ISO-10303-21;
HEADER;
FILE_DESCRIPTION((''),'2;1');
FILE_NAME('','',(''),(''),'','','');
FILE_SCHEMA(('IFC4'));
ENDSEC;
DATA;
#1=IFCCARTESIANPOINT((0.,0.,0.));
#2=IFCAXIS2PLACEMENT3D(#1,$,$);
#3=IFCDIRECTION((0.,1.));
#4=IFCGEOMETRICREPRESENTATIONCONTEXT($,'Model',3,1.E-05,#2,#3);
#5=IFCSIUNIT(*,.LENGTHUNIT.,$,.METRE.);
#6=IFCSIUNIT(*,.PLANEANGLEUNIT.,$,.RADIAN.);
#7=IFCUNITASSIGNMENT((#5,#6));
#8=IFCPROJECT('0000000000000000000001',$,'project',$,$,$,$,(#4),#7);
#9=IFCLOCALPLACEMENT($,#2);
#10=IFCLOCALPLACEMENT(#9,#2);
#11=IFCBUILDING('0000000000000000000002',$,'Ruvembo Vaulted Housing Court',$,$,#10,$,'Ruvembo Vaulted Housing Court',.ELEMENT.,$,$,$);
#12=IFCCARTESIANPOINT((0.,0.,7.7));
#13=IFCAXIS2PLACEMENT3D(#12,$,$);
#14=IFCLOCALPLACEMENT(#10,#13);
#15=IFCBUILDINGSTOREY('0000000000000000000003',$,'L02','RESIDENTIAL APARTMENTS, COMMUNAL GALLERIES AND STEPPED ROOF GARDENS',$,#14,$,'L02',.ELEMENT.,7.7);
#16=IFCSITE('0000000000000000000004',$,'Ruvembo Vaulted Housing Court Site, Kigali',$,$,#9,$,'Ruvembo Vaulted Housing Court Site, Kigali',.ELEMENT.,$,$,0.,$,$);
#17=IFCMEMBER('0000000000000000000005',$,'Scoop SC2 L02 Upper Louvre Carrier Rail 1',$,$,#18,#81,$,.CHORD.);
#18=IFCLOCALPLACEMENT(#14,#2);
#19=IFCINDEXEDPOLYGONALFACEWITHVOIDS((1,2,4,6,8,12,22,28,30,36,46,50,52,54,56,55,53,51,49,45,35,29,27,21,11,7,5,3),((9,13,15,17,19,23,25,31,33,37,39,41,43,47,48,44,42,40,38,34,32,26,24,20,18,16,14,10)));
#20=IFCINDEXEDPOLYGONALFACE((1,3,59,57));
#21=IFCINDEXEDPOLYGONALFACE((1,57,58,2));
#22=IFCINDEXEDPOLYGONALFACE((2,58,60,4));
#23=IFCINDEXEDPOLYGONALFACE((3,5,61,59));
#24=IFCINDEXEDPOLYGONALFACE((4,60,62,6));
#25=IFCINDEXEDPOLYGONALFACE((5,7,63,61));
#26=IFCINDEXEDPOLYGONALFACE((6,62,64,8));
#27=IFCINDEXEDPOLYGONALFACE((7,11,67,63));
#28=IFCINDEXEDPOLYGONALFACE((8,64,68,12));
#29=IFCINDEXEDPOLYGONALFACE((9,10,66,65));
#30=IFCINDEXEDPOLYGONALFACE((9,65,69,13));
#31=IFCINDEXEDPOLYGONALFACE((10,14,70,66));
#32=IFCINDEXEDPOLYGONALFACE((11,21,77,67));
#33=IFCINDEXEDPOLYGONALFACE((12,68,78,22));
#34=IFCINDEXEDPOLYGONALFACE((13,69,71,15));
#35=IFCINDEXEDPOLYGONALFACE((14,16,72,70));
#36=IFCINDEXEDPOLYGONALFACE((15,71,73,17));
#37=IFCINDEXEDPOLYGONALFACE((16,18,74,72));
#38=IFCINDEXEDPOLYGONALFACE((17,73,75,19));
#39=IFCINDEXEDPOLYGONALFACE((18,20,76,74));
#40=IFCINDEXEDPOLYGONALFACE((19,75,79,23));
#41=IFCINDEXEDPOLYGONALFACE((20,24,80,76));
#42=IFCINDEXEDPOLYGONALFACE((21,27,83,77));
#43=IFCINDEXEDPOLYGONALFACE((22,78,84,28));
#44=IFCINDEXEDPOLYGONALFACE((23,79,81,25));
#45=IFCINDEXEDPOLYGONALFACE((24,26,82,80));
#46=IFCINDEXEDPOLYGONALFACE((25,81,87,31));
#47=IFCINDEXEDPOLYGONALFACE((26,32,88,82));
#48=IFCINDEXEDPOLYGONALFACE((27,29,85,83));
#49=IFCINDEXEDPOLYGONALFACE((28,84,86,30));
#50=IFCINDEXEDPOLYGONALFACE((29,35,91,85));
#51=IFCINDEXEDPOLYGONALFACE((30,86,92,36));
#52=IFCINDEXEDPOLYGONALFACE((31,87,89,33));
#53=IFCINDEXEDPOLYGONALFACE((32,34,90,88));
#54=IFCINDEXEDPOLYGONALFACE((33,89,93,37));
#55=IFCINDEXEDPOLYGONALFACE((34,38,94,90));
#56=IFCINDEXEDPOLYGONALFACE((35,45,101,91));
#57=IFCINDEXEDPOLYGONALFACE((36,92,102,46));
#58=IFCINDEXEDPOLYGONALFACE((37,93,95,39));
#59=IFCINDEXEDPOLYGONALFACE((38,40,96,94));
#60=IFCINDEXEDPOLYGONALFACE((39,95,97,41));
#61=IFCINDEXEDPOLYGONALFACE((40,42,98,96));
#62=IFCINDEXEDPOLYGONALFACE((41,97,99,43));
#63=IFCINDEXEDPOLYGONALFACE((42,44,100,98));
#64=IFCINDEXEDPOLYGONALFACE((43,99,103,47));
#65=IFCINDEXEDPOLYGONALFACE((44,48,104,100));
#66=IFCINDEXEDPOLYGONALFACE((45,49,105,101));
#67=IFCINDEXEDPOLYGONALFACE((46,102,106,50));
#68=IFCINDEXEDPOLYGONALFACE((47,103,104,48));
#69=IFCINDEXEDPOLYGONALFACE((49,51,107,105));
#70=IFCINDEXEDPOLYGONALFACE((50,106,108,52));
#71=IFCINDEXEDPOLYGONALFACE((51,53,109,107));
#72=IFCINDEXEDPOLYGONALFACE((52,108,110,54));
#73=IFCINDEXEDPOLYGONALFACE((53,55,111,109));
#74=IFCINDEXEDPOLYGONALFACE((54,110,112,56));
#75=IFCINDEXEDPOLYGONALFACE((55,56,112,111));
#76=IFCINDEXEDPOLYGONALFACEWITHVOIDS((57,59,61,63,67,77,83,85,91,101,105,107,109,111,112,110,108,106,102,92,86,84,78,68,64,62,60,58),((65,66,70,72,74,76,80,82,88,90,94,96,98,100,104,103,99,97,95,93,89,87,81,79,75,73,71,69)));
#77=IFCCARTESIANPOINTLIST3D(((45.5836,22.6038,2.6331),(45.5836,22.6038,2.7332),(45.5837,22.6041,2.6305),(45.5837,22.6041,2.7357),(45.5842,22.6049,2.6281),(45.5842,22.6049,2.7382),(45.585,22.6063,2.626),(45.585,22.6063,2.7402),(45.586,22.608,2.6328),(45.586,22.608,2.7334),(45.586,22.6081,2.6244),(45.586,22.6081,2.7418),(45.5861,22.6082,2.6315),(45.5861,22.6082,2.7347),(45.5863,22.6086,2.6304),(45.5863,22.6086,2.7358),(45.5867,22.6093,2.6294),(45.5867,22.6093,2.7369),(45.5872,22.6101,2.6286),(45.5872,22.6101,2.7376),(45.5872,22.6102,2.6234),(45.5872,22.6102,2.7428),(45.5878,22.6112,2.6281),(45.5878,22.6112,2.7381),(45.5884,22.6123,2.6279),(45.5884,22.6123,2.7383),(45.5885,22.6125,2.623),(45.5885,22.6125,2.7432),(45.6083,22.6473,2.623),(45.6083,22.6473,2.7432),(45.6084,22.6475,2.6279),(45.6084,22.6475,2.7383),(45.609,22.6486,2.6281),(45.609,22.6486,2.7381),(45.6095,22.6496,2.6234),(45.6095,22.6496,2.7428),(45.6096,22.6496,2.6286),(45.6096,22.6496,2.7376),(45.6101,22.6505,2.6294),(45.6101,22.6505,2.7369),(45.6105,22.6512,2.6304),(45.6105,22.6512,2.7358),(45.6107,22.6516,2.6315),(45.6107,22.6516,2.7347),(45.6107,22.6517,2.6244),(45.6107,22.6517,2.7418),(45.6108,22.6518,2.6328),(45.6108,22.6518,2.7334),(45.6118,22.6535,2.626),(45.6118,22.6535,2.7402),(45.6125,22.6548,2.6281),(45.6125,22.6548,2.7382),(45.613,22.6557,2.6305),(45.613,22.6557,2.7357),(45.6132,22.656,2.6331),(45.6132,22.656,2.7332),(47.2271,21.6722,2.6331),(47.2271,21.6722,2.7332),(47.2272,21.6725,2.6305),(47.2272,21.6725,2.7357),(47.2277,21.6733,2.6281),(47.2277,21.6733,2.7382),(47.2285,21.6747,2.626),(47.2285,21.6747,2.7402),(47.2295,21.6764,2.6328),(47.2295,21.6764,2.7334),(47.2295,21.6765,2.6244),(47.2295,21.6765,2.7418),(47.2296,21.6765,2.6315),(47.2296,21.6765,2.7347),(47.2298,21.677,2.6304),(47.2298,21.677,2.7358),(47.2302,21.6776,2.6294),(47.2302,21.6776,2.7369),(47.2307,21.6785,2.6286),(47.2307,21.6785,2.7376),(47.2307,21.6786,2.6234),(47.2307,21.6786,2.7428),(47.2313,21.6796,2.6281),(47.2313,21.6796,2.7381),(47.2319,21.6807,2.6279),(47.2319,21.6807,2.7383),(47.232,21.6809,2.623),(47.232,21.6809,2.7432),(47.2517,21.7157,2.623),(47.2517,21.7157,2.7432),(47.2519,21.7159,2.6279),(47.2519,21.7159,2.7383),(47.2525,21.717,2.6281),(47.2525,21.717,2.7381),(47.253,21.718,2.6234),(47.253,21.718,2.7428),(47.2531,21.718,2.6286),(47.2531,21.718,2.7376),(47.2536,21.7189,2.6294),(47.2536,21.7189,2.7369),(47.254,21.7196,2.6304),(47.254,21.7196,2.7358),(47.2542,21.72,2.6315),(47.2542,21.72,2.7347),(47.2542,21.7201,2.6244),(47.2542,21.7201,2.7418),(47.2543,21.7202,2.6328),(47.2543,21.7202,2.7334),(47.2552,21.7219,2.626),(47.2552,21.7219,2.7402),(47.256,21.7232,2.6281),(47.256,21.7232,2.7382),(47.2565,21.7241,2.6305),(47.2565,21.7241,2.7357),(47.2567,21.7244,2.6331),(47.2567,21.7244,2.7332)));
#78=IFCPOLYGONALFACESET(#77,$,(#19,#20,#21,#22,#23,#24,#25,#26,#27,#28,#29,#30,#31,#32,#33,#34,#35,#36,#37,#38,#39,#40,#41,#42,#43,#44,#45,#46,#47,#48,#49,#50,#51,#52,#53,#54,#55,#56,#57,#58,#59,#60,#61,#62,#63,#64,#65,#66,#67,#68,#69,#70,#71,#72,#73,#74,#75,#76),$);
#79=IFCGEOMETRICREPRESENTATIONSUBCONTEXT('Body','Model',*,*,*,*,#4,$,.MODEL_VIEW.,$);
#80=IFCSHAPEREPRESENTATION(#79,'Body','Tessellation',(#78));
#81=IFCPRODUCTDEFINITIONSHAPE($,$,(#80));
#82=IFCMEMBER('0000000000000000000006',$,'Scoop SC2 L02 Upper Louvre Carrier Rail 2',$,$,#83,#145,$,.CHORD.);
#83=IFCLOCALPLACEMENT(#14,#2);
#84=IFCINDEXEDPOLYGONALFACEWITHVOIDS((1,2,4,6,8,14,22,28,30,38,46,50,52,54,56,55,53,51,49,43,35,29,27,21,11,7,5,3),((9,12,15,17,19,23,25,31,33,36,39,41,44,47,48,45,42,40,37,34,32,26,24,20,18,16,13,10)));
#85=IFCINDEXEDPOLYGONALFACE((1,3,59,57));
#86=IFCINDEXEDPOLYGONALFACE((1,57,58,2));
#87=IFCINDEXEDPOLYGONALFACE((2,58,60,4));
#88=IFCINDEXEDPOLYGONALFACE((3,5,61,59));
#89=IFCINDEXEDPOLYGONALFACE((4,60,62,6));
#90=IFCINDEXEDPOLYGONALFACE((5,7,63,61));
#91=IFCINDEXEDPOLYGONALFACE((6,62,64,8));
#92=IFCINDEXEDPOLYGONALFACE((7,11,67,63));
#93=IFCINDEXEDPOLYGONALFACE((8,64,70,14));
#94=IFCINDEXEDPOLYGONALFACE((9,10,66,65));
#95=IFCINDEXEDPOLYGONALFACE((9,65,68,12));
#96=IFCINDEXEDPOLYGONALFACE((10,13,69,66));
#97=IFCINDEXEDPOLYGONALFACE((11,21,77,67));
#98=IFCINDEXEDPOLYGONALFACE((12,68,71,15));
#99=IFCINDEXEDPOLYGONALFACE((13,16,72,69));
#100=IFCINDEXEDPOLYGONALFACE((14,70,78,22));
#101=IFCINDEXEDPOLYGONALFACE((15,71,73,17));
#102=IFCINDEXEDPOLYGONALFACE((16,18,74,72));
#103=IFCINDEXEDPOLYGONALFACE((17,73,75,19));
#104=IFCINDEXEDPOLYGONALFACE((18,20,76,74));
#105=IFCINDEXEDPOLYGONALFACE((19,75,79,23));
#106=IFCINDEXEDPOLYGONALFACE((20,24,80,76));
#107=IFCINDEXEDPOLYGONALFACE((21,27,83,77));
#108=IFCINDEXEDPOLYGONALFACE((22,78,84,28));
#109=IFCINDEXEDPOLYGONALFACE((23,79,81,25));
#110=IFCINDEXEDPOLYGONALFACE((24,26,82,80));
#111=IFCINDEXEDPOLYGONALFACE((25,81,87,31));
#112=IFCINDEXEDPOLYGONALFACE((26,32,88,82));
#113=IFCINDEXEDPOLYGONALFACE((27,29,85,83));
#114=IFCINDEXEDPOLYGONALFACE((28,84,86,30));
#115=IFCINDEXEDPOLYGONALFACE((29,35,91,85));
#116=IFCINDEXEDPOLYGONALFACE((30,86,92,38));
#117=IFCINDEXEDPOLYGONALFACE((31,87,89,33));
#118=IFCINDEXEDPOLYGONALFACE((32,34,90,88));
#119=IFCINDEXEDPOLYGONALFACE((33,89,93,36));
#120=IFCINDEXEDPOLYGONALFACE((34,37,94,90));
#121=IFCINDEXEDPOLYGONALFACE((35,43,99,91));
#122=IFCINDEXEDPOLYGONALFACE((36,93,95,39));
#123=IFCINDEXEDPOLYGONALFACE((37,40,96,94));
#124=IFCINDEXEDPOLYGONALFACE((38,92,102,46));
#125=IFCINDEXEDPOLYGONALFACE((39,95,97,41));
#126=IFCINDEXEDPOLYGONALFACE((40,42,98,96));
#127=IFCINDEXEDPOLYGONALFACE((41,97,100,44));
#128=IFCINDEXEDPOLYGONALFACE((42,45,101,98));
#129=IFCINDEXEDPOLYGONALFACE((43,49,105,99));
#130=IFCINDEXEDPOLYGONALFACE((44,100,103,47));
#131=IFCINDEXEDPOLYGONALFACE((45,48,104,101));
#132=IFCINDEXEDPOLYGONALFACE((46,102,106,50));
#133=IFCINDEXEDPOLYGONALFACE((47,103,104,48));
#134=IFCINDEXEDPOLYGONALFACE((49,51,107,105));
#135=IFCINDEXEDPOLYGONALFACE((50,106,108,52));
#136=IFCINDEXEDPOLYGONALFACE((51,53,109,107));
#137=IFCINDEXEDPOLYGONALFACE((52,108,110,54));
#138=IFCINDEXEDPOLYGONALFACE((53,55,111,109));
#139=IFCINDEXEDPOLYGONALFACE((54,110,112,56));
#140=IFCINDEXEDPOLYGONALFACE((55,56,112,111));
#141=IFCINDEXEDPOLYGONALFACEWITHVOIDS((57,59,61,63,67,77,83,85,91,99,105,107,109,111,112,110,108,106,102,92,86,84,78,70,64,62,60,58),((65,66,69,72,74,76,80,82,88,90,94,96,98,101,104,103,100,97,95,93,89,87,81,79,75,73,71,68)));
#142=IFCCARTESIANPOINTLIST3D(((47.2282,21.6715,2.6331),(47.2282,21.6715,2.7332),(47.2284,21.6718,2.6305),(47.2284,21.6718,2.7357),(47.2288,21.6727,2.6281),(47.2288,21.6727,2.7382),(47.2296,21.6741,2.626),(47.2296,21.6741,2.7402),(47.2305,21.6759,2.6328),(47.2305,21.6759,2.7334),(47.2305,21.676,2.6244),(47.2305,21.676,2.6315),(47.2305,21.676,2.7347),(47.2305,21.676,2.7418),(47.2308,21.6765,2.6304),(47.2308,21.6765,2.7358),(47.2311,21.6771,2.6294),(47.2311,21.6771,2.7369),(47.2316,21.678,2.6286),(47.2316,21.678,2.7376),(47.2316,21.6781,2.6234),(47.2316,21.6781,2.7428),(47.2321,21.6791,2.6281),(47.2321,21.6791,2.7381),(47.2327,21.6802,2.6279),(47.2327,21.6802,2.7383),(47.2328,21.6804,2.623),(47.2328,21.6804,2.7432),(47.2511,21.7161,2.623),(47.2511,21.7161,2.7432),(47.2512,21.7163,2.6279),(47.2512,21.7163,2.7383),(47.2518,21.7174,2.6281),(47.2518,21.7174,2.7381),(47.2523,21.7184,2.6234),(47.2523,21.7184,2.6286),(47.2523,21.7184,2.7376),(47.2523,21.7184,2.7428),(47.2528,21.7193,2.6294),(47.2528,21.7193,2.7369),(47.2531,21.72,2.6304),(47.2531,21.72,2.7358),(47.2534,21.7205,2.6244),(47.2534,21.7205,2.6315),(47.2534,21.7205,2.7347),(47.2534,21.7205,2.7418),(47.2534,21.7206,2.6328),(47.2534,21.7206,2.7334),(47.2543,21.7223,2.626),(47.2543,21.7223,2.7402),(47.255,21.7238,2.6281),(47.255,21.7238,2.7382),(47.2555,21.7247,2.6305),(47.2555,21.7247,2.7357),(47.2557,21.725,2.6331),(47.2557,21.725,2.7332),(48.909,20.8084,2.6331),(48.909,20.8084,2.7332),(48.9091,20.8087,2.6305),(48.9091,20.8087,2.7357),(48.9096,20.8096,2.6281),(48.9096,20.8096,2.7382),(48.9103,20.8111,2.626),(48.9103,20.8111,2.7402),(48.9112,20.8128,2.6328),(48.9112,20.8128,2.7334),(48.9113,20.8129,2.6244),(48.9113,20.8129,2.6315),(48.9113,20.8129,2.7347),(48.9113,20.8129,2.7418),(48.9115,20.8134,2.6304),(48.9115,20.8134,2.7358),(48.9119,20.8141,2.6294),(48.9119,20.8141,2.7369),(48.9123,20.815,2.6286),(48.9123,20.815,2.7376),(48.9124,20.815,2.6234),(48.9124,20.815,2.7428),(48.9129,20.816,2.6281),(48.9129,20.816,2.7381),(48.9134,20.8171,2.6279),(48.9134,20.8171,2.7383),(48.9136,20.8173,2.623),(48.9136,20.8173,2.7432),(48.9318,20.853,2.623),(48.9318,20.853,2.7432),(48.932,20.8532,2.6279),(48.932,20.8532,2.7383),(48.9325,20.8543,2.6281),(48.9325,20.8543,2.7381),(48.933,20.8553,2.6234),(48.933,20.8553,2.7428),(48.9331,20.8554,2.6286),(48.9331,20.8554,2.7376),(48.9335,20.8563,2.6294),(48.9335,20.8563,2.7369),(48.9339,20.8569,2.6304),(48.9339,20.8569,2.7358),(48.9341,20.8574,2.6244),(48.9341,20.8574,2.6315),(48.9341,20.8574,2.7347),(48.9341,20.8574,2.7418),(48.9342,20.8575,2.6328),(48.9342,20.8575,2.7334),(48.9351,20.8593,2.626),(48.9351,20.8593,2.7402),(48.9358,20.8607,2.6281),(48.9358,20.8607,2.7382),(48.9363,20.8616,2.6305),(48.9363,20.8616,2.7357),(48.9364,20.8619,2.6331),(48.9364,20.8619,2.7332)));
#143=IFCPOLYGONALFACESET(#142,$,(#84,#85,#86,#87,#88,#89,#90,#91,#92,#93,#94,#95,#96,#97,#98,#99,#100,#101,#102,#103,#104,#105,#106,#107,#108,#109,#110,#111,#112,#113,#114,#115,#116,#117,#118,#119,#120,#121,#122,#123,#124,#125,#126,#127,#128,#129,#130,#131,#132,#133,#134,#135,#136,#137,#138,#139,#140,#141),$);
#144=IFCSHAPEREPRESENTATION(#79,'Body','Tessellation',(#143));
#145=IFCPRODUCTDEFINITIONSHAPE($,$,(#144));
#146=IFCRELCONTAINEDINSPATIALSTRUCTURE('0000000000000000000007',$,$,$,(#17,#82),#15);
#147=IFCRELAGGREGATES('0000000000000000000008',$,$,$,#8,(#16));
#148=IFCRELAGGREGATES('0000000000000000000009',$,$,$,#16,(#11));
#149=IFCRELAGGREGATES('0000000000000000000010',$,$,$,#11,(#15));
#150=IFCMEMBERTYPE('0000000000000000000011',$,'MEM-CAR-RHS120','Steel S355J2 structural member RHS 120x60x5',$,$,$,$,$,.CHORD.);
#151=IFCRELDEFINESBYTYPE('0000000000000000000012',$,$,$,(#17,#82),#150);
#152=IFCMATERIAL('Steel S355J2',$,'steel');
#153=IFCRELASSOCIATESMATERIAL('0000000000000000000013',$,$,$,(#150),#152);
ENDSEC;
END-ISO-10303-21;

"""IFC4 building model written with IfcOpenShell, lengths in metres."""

from ifc_helpers import new_model, si_unit, direction, frame, origin, origin_2d, place, context, subcontext, project, spatial, hollow_rectangle, extrude, material, material_profile, profile_set, type_object, element, save


model = new_model("IFC4")

# Units and contexts
model_context = context("Model", 3, precision=1e-05, world=origin(), true_north=direction((0.0, 1.0)))
body_context = subcontext(model_context, "Body", "Model", "MODEL_VIEW")
ifc_project = project(units=[si_unit("LENGTHUNIT", "METRE"), si_unit("PLANEANGLEUNIT", "RADIAN")], contexts=[model_context])

# Site, building, storey
site_placement = place(None, origin())
site = spatial("IfcSite", under=ifc_project, at=site_placement, Name="Ruvembo Vaulted Housing Court Site, Kigali", LongName="Ruvembo Vaulted Housing Court Site, Kigali", CompositionType="ELEMENT", RefElevation=0.0)
building_placement = place(site_placement, origin())
building = spatial("IfcBuilding", under=site, at=building_placement, Name="Ruvembo Vaulted Housing Court", LongName="Ruvembo Vaulted Housing Court", CompositionType="ELEMENT")
storey_placement = place(building_placement, frame((0.0, 0.0, 7.7)))
storey = spatial("IfcBuildingStorey", under=building, at=storey_placement, Name="L02", Description="RESIDENTIAL APARTMENTS, COMMUNAL GALLERIES AND STEPPED ROOF GARDENS", LongName="L02", CompositionType="ELEMENT", Elevation=7.7)

# Shared definitions
ifc_material_1 = material(Name="Steel S355J2", Category="steel")

# Members
ifc_material_profile_1 = material_profile(ifc_material_1, hollow_rectangle(XDim=0.0601, YDim=0.1201, WallThickness=0.0049, InnerFilletRadius=0.0049, OuterFilletRadius=0.01, at=origin_2d()), Name="RHS 120x60x5")
ifc_profile_set_1 = profile_set([ifc_material_profile_1], Name="Steel S355J2")
member_type_1 = type_object("IfcMemberType", Name="MEM-CAR-RHS120", Description="Steel S355J2 structural member RHS 120x60x5", PredefinedType="CHORD", material=ifc_profile_set_1)
member_1_placement = place(storey_placement, frame((45.5984, 22.6299, 2.6831), z_axis=(0.869956, -0.49313, 0.0), x_axis=(0.49313, 0.869956, 0.0)))
element("IfcMember", 1, at=member_1_placement, inside=storey, type_object=member_type_1, Name="Scoop SC2 L02 Upper Louvre Carrier Rail 1", PredefinedType="CHORD", context=body_context, shape_type="SweptSolid", body=[
    extrude(hollow_rectangle(XDim=0.0601, YDim=0.1201, WallThickness=0.0049, InnerFilletRadius=0.0049, OuterFilletRadius=0.01, at=origin_2d()), origin(), (0.0, 0.0, 1.0), 1.8892),
])
member_2_placement = place(storey_placement, frame((47.2419, 21.6982, 2.6831), z_axis=(0.889568, -0.456802, 0.0), x_axis=(0.456802, 0.889568, 0.0)))
element("IfcMember", 2, at=member_2_placement, inside=storey, type_object=member_type_1, Name="Scoop SC2 L02 Upper Louvre Carrier Rail 2", PredefinedType="CHORD", context=body_context, shape_type="SweptSolid", body=[
    extrude(hollow_rectangle(XDim=0.0601, YDim=0.1201, WallThickness=0.0049, InnerFilletRadius=0.0049, OuterFilletRadius=0.01, at=origin_2d()), origin(), (0.0, 0.0, 1.0), 1.8894),
])

save(model, "model.ifc")
